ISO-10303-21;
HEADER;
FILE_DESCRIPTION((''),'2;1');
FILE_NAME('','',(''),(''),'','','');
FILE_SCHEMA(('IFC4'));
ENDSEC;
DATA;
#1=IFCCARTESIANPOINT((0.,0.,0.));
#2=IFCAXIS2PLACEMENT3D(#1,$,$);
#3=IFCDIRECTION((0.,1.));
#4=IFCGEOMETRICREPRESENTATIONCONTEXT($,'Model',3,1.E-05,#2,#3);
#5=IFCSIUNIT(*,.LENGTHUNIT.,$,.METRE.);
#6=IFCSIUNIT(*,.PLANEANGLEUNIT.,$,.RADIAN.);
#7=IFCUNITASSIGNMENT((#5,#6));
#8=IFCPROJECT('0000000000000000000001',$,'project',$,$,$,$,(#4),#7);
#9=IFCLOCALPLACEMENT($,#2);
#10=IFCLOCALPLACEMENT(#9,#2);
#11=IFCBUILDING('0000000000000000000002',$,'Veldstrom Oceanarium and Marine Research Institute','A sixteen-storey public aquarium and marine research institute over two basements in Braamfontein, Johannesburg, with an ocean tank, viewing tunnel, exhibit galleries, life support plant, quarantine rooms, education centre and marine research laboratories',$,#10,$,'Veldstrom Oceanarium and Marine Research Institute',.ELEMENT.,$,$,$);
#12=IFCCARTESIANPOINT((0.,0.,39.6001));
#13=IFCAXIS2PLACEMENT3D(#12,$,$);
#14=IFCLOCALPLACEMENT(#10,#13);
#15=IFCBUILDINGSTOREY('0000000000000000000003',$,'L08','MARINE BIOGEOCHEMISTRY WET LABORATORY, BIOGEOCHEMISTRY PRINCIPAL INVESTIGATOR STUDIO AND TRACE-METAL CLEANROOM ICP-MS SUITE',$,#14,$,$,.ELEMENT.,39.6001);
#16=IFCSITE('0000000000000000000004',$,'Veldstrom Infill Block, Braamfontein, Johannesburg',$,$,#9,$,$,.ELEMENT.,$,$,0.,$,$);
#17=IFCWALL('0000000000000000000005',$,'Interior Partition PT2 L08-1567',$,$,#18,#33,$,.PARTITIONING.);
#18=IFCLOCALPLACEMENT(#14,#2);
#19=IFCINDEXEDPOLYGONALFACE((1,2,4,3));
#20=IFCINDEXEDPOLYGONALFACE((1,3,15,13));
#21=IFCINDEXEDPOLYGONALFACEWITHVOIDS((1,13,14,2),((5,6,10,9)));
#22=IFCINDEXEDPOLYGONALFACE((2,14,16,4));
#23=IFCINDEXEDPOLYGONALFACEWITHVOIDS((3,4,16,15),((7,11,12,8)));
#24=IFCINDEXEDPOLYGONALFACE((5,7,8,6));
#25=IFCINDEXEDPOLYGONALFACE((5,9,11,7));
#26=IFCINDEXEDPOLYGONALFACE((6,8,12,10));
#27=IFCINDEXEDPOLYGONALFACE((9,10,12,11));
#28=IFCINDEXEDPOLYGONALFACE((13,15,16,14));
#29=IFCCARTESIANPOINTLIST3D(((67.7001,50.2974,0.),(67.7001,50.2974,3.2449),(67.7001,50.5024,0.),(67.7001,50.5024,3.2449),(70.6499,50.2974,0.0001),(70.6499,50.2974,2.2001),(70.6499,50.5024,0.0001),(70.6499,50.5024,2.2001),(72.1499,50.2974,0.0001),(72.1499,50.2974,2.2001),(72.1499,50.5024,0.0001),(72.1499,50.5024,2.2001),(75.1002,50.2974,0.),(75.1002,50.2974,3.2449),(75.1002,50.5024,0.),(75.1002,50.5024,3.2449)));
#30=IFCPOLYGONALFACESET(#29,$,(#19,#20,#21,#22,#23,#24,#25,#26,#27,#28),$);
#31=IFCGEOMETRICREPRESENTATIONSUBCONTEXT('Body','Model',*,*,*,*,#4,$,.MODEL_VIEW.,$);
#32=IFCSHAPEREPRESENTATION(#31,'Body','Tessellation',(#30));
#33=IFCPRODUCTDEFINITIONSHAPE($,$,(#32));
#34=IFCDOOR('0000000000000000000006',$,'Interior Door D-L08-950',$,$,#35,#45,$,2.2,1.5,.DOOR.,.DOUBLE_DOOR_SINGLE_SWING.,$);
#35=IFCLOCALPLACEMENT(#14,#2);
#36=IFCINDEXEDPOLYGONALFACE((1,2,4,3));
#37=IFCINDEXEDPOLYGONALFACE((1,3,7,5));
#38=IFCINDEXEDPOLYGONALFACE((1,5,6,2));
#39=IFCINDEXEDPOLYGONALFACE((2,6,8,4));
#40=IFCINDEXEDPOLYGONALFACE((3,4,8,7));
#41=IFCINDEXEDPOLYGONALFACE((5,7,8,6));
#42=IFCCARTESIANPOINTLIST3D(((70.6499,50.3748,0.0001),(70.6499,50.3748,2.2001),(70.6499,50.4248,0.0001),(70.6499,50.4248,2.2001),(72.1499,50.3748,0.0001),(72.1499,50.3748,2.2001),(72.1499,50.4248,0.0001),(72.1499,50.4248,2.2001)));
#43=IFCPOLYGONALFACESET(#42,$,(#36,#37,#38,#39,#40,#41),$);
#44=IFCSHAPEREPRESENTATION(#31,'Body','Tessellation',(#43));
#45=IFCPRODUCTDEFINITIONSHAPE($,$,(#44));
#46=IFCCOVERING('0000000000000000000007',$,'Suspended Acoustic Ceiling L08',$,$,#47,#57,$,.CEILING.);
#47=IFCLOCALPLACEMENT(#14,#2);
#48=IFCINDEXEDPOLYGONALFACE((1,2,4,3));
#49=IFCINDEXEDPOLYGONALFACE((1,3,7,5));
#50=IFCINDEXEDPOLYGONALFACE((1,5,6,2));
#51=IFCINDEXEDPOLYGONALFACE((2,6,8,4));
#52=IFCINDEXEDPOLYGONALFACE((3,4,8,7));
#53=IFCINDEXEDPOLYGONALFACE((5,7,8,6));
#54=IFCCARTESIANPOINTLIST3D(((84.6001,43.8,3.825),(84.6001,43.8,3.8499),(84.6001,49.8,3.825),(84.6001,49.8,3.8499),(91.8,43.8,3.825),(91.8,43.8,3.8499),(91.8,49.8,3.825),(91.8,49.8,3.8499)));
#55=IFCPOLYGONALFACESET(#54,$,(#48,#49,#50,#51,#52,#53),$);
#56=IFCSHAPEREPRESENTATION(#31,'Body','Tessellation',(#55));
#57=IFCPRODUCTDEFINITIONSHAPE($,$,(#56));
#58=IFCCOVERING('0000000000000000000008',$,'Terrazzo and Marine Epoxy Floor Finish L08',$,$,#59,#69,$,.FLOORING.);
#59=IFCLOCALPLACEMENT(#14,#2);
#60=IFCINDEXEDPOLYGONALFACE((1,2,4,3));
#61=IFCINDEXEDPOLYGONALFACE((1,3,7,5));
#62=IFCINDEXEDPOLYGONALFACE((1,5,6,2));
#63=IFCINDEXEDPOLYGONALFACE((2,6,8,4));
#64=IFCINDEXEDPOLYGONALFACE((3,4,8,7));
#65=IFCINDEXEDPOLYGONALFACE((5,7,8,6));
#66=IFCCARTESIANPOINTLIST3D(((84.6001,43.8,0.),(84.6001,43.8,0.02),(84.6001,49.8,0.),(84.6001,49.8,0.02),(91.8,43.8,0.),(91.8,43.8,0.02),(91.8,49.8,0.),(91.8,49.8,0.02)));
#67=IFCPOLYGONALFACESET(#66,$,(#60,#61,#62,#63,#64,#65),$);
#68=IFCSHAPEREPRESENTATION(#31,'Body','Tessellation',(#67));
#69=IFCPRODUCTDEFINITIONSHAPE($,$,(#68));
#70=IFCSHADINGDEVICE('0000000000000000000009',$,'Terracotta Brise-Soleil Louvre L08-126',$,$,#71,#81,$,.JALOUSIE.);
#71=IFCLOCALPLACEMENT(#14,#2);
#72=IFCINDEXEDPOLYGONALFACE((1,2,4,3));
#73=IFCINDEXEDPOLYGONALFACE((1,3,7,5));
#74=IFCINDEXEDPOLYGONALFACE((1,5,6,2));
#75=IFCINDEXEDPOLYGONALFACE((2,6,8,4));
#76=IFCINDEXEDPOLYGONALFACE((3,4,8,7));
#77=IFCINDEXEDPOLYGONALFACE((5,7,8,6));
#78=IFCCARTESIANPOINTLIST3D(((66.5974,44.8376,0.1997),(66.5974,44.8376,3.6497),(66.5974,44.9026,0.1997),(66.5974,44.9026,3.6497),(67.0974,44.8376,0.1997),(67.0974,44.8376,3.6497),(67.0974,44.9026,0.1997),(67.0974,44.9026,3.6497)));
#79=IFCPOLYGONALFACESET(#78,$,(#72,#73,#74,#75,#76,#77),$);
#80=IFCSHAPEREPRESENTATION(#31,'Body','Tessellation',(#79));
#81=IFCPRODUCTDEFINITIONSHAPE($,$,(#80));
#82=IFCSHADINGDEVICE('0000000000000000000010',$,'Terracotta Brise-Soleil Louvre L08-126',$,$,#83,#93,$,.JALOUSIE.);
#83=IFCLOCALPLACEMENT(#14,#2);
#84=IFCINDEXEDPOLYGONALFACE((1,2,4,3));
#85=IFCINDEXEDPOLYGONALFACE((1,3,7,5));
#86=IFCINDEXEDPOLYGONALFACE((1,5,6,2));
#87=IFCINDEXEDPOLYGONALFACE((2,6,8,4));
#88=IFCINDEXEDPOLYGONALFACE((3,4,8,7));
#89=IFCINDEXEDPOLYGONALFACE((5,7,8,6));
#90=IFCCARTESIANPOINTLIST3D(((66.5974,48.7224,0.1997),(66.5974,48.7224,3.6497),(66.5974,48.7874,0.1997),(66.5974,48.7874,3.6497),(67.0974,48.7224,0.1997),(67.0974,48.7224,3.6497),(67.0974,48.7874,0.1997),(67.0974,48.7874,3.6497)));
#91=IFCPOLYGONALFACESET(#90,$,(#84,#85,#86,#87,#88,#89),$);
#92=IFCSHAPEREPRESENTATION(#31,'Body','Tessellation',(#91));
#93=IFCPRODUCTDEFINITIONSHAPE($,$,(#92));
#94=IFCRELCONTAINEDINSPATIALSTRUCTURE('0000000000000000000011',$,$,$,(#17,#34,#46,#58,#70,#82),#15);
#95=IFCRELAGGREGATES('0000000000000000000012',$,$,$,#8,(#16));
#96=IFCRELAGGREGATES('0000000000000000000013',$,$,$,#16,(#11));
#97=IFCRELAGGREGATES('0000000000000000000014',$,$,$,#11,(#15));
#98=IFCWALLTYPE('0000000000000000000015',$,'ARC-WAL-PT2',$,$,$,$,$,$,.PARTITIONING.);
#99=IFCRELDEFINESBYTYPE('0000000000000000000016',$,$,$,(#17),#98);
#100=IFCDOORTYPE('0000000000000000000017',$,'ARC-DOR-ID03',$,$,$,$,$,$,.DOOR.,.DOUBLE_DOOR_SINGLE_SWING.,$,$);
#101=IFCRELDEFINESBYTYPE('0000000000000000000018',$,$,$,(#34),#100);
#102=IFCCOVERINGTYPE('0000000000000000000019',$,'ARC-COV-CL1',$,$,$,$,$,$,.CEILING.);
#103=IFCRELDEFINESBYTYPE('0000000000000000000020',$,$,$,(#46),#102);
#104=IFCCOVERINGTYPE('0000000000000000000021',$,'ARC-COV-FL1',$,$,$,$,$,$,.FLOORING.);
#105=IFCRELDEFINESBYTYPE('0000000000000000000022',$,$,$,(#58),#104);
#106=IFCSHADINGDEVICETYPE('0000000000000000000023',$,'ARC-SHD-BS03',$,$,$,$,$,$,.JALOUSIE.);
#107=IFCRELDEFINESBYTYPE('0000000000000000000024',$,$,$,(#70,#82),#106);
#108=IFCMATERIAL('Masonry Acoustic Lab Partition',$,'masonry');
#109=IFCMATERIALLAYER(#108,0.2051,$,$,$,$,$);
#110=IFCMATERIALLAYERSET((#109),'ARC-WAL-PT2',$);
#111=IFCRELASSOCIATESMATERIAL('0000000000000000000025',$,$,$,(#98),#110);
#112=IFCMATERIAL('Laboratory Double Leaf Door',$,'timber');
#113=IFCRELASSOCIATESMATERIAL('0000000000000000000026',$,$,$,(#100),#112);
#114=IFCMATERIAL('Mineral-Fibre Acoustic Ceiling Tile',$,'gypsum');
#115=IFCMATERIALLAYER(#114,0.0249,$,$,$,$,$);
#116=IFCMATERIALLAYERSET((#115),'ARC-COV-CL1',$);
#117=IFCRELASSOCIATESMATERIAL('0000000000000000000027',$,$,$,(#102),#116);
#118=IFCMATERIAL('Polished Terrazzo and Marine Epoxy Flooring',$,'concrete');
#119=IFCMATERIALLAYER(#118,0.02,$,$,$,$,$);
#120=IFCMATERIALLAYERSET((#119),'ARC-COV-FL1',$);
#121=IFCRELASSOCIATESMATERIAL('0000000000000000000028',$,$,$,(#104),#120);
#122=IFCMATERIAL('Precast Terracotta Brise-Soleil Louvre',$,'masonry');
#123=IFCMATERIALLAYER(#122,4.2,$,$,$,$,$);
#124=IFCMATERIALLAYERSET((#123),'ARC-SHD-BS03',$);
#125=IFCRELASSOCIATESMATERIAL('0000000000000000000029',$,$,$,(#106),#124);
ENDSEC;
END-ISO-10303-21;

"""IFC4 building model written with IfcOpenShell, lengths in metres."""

from ifc_helpers import new_model, si_unit, direction, frame, frame_2d, origin, origin_2d, place, context, subcontext, project, spatial, polyline, rectangle, outline, extrude, material, layer, layer_set, type_object, element, fill, save


model = new_model("IFC4")

# Units and contexts
model_context = context("Model", 3, precision=1e-05, world=origin(), true_north=direction((0.0, 1.0)))
body_context = subcontext(model_context, "Body", "Model", "MODEL_VIEW")
ifc_project = project(units=[si_unit("LENGTHUNIT", "METRE"), si_unit("PLANEANGLEUNIT", "RADIAN")], contexts=[model_context])

# Site, building, storey
site_placement = place(None, origin())
site = spatial("IfcSite", under=ifc_project, at=site_placement, Name="Veldstrom Infill Block, Braamfontein, Johannesburg", CompositionType="ELEMENT", RefElevation=0.0)
building_placement = place(site_placement, origin())
building = spatial("IfcBuilding", under=site, at=building_placement, Name="Veldstrom Oceanarium and Marine Research Institute", Description="A sixteen-storey public aquarium and marine research institute over two basements in Braamfontein, Johannesburg, with an ocean tank, viewing tunnel, exhibit galleries, life support plant, quarantine rooms, education centre and marine research laboratories", LongName="Veldstrom Oceanarium and Marine Research Institute", CompositionType="ELEMENT")
storey_placement = place(building_placement, frame((0.0, 0.0, 39.6001)))
storey = spatial("IfcBuildingStorey", under=building, at=storey_placement, Name="L08", Description="MARINE BIOGEOCHEMISTRY WET LABORATORY, BIOGEOCHEMISTRY PRINCIPAL INVESTIGATOR STUDIO AND TRACE-METAL CLEANROOM ICP-MS SUITE", CompositionType="ELEMENT", Elevation=39.6001)

# Wall, opening, door
ifc_material_1 = material(Name="Masonry Acoustic Lab Partition", Category="masonry")
ifc_layer_1 = layer(ifc_material_1, 0.2051)
ifc_layer_set_1 = layer_set([ifc_layer_1], Name="ARC-WAL-PT2")
wall_type_1 = type_object("IfcWallType", Name="ARC-WAL-PT2", PredefinedType="PARTITIONING", material=ifc_layer_set_1)
wall_1_placement = place(storey_placement, frame((67.7, 50.3999, 0.0), z_axis=(0.0, 0.0, 1.0), x_axis=(1.0, 0.0, 0.0)))
wall_1 = element("IfcWall", 1, at=wall_1_placement, inside=storey, type_object=wall_type_1, Name="Interior Partition PT2 L08-1567", PredefinedType="PARTITIONING", context=body_context, shape_type="SweptSolid", body=[
    extrude(rectangle(XDim=7.4001, YDim=0.2051, at=frame_2d((3.7002, 0.0))), origin(), (0.0, 0.0, 1.0), 3.2449),
])
opening_1_placement = place(wall_1_placement, frame((2.95, 0.0, 0.0)))
opening_1 = element("IfcOpeningElement", 2, at=opening_1_placement, cuts=wall_1, PredefinedType="OPENING", context=body_context, shape_type="SweptSolid", body=[
    extrude(rectangle(XDim=1.5, YDim=2.2, at=frame_2d((0.75, 1.1001))), frame((0.0, 0.1125, 0.0), z_axis=(0.0, -1.0, 0.0), x_axis=(1.0, 0.0, 0.0)), (0.0, 0.0, 1.0), 0.2251),
])
ifc_material_2 = material(Name="Laboratory Double Leaf Door", Category="timber")
door_type = type_object("IfcDoorType", Name="ARC-DOR-ID03", OperationType="DOUBLE_DOOR_SINGLE_SWING", PredefinedType="DOOR", material=ifc_material_2)
door_placement = place(opening_1_placement, origin())
door = element("IfcDoor", 3, at=door_placement, inside=storey, type_object=door_type, Name="Interior Door D-L08-950", OperationType="DOUBLE_DOOR_SINGLE_SWING", OverallHeight=2.2, OverallWidth=1.5, PredefinedType="DOOR", context=body_context, shape_type="SweptSolid", body=[
    extrude(rectangle(XDim=1.5, YDim=2.2, at=frame_2d((0.75, 1.1001))), frame((0.0, 0.0249, 0.0), z_axis=(0.0, -1.0, 0.0), x_axis=(1.0, 0.0, 0.0)), (0.0, 0.0, 1.0), 0.05),
])
fill(opening_1, door)

# Coverings
ifc_material_3 = material(Name="Mineral-Fibre Acoustic Ceiling Tile", Category="gypsum")
ifc_layer_2 = layer(ifc_material_3, 0.0249)
ifc_layer_set_2 = layer_set([ifc_layer_2], Name="ARC-COV-CL1")
covering_type_1 = type_object("IfcCoveringType", Name="ARC-COV-CL1", PredefinedType="CEILING", material=ifc_layer_set_2)
covering_1_placement = place(storey_placement, frame((0.0, 0.0, 3.825)))
element("IfcCovering", 4, at=covering_1_placement, inside=storey, type_object=covering_type_1, Name="Suspended Acoustic Ceiling L08", PredefinedType="CEILING", context=body_context, shape_type="SweptSolid", body=[
    extrude(outline(polyline([(84.6001, 43.8), (91.8, 43.8), (91.8, 49.8), (84.6001, 49.8), (84.6001, 43.8)])), origin(), (0.0, 0.0, 1.0), 0.0249),
])
ifc_material_4 = material(Name="Polished Terrazzo and Marine Epoxy Flooring", Category="concrete")
ifc_layer_3 = layer(ifc_material_4, 0.02)
ifc_layer_set_3 = layer_set([ifc_layer_3], Name="ARC-COV-FL1")
covering_type_2 = type_object("IfcCoveringType", Name="ARC-COV-FL1", PredefinedType="FLOORING", material=ifc_layer_set_3)
covering_2_placement = place(storey_placement, origin())
element("IfcCovering", 5, at=covering_2_placement, inside=storey, type_object=covering_type_2, Name="Terrazzo and Marine Epoxy Floor Finish L08", PredefinedType="FLOORING", context=body_context, shape_type="SweptSolid", body=[
    extrude(outline(polyline([(84.6001, 43.8), (91.8, 43.8), (91.8, 49.8), (84.6001, 49.8), (84.6001, 43.8)])), origin(), (0.0, 0.0, 1.0), 0.02),
])

# Shading devices
ifc_material_5 = material(Name="Precast Terracotta Brise-Soleil Louvre", Category="masonry")
ifc_layer_4 = layer(ifc_material_5, 4.2)
ifc_layer_set_4 = layer_set([ifc_layer_4], Name="ARC-SHD-BS03")
shading_device_type = type_object("IfcShadingDeviceType", Name="ARC-SHD-BS03", PredefinedType="JALOUSIE", material=ifc_layer_set_4)
for number, where, z_axis, x_axis, name in (
    (6, (66.8474, 44.8701, 0.1997), (0.0, 0.0, 1.0), (1.0, 0.0, 0.0), "Terracotta Brise-Soleil Louvre L08-126"),
    (7, (66.8474, 48.7549, 0.1997), (0.0, 0.0, 1.0), (1.0, 0.0, 0.0), "Terracotta Brise-Soleil Louvre L08-126"),
):
    element("IfcShadingDevice", number, at=place(storey_placement, frame(where, z_axis=z_axis, x_axis=x_axis)), inside=storey, type_object=shading_device_type, Name=name, PredefinedType="JALOUSIE", context=body_context, shape_type="SweptSolid", body=[
        extrude(rectangle(XDim=0.5, YDim=0.0649, at=origin_2d()), origin(), (0.0, 0.0, 1.0), 3.45),
    ])

save(model, "model.ifc")
